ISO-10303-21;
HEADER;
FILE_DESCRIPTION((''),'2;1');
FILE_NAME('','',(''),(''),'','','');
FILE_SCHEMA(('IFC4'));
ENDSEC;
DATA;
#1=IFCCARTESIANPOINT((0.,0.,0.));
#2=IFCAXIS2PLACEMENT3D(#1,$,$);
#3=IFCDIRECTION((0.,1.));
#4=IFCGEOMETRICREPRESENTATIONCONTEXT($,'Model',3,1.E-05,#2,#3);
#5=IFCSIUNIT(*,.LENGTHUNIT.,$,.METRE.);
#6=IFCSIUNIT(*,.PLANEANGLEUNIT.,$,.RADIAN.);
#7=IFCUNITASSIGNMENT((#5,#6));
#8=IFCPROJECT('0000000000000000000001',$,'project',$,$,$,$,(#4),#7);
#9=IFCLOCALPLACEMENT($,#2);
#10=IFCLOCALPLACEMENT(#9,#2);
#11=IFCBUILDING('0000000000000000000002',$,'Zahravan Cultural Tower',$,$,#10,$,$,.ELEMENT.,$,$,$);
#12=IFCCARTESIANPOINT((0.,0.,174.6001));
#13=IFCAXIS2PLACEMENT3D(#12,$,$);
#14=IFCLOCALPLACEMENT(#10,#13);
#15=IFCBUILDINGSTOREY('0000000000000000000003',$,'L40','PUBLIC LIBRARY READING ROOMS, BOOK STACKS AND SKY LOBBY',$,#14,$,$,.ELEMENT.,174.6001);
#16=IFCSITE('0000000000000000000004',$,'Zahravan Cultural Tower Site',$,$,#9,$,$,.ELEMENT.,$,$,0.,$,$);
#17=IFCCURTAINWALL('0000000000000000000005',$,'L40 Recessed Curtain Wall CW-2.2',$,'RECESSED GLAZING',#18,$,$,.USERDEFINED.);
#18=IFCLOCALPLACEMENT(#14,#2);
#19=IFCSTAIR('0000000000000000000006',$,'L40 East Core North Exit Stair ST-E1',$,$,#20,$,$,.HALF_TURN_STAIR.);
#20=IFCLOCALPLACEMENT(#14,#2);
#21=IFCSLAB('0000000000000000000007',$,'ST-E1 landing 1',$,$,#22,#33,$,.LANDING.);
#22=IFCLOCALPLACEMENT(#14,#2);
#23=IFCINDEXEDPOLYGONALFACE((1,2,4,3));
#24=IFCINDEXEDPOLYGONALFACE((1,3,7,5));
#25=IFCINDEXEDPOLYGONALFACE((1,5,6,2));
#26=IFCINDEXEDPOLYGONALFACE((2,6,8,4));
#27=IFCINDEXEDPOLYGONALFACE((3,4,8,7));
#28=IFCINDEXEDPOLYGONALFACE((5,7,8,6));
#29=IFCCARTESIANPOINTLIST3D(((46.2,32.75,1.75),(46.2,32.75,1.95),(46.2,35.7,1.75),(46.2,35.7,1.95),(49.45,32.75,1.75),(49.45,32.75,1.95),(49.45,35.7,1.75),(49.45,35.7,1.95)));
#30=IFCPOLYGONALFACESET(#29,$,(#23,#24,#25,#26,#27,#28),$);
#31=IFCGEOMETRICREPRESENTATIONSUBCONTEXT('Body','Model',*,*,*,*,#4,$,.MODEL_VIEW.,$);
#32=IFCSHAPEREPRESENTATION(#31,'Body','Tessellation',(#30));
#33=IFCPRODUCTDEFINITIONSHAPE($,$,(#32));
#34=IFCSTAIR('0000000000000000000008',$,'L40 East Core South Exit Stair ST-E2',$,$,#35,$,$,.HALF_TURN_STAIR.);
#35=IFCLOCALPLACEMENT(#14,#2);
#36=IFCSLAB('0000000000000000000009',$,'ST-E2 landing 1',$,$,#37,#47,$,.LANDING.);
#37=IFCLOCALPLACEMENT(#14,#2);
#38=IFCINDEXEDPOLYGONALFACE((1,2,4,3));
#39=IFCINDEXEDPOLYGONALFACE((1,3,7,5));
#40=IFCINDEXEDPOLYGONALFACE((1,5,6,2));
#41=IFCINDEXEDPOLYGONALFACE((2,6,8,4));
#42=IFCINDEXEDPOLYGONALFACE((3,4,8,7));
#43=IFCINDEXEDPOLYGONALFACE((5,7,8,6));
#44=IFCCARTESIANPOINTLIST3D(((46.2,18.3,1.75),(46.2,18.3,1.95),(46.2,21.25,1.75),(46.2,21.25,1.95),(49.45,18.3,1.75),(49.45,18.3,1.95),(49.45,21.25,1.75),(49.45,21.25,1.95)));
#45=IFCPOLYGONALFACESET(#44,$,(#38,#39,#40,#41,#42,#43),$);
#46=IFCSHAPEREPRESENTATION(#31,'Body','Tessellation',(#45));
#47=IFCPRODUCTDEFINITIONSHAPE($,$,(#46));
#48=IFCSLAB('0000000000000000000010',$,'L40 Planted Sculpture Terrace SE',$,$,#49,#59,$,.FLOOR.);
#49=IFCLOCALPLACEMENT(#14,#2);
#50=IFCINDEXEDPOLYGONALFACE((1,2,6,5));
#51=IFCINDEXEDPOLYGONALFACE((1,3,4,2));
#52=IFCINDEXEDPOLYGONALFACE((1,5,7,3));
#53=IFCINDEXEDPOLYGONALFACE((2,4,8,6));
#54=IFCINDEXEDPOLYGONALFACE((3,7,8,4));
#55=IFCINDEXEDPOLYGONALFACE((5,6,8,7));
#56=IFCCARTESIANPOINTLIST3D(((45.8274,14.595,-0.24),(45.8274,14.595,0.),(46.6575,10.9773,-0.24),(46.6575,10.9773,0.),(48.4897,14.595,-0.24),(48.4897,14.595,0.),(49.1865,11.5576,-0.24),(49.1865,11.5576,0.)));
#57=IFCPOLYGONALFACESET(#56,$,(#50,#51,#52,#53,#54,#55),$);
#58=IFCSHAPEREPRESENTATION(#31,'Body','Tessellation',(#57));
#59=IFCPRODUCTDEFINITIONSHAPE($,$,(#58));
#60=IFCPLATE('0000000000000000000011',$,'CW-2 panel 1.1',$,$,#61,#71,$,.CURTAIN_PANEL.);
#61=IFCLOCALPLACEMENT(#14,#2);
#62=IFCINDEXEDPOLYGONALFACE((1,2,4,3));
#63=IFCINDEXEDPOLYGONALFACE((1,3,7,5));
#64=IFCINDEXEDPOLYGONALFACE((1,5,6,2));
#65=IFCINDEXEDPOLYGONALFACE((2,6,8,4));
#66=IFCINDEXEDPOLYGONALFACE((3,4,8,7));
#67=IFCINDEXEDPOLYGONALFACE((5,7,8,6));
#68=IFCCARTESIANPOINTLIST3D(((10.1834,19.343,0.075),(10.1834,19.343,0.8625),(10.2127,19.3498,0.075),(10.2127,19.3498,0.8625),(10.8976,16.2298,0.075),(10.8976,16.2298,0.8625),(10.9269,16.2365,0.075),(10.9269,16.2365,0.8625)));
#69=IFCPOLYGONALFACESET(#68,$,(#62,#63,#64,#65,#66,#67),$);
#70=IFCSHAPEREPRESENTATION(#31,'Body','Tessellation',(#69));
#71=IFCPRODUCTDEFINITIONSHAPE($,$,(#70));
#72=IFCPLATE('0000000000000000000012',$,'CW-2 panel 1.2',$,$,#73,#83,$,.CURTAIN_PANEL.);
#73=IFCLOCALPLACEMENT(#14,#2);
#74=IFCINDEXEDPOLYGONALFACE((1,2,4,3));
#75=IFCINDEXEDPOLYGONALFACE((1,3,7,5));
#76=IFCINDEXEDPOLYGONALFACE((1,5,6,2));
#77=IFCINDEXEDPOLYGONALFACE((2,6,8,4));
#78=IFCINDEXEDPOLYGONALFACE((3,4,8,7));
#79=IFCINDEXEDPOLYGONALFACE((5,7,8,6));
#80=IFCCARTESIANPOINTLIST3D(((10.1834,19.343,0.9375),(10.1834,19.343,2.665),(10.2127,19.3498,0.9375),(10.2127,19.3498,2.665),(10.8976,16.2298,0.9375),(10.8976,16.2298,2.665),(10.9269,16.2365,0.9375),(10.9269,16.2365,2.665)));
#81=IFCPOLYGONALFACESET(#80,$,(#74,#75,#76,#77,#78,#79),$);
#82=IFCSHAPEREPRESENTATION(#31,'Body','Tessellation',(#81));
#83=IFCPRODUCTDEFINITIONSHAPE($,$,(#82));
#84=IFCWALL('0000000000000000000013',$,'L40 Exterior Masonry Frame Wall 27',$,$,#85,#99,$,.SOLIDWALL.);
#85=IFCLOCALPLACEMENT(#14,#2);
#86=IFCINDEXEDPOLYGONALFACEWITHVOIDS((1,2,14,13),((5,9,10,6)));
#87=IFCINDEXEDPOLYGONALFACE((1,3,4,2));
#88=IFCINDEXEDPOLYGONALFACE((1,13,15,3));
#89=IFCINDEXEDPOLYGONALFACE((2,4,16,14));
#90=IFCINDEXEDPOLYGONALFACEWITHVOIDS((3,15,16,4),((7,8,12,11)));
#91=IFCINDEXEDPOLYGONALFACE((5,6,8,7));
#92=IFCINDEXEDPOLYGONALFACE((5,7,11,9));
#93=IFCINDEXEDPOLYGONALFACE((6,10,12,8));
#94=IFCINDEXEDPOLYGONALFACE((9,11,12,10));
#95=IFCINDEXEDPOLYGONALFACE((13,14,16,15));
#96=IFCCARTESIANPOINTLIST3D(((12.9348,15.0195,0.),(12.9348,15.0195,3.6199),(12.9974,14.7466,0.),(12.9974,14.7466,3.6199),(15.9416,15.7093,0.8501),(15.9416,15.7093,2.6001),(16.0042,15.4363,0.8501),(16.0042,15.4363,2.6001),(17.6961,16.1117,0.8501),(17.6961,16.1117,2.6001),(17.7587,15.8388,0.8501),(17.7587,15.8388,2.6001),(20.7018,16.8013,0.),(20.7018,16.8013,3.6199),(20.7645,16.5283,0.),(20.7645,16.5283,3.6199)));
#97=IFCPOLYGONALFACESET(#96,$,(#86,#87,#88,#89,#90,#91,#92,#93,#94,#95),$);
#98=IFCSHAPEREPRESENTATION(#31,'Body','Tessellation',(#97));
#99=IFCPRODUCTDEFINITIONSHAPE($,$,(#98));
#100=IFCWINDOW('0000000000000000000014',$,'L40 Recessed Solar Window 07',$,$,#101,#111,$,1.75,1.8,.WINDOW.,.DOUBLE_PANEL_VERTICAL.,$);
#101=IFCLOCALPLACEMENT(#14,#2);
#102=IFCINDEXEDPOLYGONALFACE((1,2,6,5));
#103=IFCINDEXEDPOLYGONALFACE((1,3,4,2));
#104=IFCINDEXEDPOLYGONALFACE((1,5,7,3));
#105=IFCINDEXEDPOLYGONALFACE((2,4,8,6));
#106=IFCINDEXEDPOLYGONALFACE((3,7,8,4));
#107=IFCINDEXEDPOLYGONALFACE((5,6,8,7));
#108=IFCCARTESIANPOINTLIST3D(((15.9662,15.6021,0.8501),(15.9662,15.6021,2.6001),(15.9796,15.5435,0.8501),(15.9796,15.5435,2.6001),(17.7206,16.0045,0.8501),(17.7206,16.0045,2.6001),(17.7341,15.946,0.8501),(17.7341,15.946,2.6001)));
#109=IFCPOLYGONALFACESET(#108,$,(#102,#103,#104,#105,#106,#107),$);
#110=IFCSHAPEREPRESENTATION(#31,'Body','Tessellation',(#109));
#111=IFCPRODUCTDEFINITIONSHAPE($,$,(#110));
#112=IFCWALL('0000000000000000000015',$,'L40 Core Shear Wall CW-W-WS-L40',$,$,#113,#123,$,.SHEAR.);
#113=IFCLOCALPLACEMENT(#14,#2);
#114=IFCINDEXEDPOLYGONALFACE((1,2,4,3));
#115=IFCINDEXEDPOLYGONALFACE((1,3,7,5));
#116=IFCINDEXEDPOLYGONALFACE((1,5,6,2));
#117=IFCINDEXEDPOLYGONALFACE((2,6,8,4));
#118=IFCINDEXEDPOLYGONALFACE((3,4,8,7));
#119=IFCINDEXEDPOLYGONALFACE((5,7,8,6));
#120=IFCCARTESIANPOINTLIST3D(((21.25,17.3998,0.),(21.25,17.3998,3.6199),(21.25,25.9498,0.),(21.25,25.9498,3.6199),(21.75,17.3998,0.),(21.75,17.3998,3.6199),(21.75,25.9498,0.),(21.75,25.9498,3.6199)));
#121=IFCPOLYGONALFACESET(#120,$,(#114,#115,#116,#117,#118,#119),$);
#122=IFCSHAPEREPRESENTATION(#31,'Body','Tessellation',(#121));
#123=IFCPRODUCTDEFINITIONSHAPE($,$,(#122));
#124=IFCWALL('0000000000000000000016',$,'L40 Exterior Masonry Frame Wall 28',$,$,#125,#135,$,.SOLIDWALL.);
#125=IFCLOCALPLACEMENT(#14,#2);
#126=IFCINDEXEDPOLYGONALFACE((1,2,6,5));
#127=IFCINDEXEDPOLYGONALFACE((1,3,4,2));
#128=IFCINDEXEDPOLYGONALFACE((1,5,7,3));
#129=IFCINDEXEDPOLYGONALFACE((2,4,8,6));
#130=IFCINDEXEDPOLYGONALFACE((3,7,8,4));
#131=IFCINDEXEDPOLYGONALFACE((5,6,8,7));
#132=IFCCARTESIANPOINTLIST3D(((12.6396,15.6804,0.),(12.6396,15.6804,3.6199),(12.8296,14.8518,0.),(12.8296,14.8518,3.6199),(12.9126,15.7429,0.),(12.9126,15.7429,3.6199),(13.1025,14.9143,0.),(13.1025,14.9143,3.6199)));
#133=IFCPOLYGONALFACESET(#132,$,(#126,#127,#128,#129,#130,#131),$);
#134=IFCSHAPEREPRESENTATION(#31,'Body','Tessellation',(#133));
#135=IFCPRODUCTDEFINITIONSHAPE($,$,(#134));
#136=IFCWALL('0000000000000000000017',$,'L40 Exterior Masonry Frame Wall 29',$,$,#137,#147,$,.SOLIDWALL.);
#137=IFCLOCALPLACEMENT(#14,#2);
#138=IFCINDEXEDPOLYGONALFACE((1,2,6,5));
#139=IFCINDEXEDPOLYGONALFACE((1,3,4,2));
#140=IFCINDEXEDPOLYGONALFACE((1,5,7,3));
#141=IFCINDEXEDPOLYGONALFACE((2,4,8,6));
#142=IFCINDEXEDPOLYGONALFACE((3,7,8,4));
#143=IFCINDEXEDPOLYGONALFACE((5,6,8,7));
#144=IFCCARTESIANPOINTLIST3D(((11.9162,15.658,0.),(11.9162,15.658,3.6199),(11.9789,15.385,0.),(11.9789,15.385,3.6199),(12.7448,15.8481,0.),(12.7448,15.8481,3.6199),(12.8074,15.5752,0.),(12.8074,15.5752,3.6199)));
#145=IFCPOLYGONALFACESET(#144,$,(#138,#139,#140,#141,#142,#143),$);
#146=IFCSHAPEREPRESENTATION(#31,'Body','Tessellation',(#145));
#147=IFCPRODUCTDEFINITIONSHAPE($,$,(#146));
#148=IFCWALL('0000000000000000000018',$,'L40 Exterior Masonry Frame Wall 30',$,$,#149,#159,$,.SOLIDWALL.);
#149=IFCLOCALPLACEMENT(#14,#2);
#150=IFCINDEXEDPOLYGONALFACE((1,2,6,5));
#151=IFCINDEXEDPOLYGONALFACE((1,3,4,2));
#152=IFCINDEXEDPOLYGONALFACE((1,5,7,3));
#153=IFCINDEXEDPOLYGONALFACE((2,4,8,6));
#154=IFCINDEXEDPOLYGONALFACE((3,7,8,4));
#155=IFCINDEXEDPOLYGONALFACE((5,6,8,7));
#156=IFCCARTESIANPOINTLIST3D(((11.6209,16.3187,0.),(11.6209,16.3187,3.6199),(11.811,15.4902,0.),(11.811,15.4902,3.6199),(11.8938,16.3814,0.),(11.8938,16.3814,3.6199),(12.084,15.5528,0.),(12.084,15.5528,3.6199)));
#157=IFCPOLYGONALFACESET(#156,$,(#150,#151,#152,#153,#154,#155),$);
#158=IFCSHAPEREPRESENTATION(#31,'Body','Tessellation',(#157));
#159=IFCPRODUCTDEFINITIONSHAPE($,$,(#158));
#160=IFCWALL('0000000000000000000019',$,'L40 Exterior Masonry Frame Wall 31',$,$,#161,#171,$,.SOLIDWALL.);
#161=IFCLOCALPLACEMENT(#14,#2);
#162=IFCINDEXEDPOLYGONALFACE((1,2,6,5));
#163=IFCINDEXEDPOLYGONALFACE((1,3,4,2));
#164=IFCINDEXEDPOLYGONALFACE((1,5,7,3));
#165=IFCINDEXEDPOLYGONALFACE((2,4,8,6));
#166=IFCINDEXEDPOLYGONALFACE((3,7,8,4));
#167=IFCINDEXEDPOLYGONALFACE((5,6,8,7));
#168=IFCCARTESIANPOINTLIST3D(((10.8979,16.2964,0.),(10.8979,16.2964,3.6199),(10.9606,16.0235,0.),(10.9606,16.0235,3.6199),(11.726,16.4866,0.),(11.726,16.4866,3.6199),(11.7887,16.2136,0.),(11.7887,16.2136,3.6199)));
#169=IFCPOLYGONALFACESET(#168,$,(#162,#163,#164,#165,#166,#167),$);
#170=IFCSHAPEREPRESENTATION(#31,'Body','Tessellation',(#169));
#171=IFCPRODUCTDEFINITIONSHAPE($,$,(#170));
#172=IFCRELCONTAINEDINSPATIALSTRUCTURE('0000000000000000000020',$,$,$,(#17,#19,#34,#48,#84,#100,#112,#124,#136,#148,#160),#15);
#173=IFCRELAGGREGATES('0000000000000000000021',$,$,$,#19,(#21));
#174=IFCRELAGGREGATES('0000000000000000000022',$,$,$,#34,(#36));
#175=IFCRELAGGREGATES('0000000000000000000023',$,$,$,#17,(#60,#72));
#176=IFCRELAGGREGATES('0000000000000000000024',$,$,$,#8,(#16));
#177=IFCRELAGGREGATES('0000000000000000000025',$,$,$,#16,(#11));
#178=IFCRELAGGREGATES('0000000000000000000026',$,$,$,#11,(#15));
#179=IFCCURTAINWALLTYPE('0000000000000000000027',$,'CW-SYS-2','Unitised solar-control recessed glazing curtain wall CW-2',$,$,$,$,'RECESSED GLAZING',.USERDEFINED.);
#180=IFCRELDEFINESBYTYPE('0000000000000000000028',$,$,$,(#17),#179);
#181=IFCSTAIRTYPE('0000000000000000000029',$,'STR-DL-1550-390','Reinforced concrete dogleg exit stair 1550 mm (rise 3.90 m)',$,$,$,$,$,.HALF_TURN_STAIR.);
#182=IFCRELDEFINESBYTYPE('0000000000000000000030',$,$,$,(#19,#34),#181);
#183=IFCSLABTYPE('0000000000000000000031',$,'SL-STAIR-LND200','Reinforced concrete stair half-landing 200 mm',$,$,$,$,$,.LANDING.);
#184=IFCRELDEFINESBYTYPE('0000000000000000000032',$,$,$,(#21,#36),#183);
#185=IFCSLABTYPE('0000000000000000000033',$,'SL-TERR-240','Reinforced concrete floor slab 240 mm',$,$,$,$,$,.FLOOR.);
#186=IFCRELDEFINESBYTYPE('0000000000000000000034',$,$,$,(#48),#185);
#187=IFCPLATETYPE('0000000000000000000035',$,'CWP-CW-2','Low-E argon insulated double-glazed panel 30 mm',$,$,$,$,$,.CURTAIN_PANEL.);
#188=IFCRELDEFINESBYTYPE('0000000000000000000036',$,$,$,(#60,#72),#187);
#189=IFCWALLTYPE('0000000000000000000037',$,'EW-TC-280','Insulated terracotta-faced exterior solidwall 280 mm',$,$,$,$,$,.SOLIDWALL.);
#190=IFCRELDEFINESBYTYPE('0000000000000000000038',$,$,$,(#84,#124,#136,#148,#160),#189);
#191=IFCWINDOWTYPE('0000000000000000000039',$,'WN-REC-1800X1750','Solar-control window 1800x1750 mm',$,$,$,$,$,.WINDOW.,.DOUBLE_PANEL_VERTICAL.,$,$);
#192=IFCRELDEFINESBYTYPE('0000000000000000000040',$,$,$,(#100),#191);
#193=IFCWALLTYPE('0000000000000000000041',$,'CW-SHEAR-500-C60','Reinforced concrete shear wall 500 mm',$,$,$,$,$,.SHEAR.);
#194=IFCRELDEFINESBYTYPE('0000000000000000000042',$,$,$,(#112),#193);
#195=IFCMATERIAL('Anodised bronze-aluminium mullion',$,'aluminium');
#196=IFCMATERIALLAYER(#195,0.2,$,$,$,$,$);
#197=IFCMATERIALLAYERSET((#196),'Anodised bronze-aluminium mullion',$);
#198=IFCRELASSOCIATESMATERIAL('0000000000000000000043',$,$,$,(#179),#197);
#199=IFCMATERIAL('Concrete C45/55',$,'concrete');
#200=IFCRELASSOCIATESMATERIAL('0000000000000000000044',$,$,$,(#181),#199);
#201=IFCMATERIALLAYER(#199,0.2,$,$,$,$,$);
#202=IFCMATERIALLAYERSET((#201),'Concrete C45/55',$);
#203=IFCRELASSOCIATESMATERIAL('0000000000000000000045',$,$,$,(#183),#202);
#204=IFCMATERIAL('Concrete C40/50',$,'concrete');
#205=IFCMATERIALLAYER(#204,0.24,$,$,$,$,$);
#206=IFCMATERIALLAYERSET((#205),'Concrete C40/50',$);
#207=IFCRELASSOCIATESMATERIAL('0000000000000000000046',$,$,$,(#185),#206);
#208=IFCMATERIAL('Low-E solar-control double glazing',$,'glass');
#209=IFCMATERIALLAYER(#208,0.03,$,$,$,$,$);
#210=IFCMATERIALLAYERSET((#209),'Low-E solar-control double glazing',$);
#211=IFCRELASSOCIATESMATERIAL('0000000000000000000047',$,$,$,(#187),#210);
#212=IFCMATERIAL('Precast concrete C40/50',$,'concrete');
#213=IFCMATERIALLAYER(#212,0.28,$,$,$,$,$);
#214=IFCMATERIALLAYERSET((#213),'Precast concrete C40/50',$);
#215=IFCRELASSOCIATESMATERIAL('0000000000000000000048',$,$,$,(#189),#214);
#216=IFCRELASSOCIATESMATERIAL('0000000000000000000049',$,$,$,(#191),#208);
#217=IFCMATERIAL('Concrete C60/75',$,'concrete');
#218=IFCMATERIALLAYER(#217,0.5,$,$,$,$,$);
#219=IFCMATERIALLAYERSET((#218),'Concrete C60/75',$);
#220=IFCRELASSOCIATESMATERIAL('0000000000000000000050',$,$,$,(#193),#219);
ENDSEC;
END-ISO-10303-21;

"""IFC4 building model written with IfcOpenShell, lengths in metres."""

from ifc_helpers import new_model, si_unit, direction, frame, frame_2d, origin, origin_2d, place, context, subcontext, project, spatial, polyline, rectangle, outline, extrude, source, transform, mapped, material, layer, layer_set, type_object, element, fill, aggregate, save


model = new_model("IFC4")

# Units and contexts
model_context = context("Model", 3, precision=1e-05, world=origin(), true_north=direction((0.0, 1.0)))
body_context = subcontext(model_context, "Body", "Model", "MODEL_VIEW")
ifc_project = project(units=[si_unit("LENGTHUNIT", "METRE"), si_unit("PLANEANGLEUNIT", "RADIAN")], contexts=[model_context])

# Site, building, storey
site_placement = place(None, origin())
site = spatial("IfcSite", under=ifc_project, at=site_placement, Name="Zahravan Cultural Tower Site", CompositionType="ELEMENT", RefElevation=0.0)
building_placement = place(site_placement, origin())
building = spatial("IfcBuilding", under=site, at=building_placement, Name="Zahravan Cultural Tower", CompositionType="ELEMENT")
storey_placement = place(building_placement, frame((0.0, 0.0, 174.6001)))
storey = spatial("IfcBuildingStorey", under=building, at=storey_placement, Name="L40", Description="PUBLIC LIBRARY READING ROOMS, BOOK STACKS AND SKY LOBBY", CompositionType="ELEMENT", Elevation=174.6001)

# Curtain wall
ifc_material_1 = material(Name="Anodised bronze-aluminium mullion", Category="aluminium")
ifc_layer_1 = layer(ifc_material_1, 0.2)
ifc_layer_set_1 = layer_set([ifc_layer_1], Name="Anodised bronze-aluminium mullion")
curtain_wall_type = type_object("IfcCurtainWallType", Name="CW-SYS-2", Description="Unitised solar-control recessed glazing curtain wall CW-2", ElementType="RECESSED GLAZING", PredefinedType="USERDEFINED", material=ifc_layer_set_1)
curtain_wall_placement = place(storey_placement, origin())
curtain_wall = element("IfcCurtainWall", 1, at=curtain_wall_placement, inside=storey, type_object=curtain_wall_type, Name="L40 Recessed Curtain Wall CW-2.2", ObjectType="RECESSED GLAZING", PredefinedType="USERDEFINED")

# Shared definitions
ifc_material_2 = material(Name="Concrete C45/55", Category="concrete")

# Stairs, slabs
stair_type = type_object("IfcStairType", Name="STR-DL-1550-390", Description="Reinforced concrete dogleg exit stair 1550 mm (rise 3.90 m)", PredefinedType="HALF_TURN_STAIR", material=ifc_material_2)
ifc_layer_2 = layer(ifc_material_2, 0.2)
ifc_layer_set_2 = layer_set([ifc_layer_2], Name="Concrete C45/55")
slab_type_1 = type_object("IfcSlabType", Name="SL-STAIR-LND200", Description="Reinforced concrete stair half-landing 200 mm", PredefinedType="LANDING", material=ifc_layer_set_2)
stair_1_placement = place(storey_placement, origin())
stair_1 = element("IfcStair", 2, at=stair_1_placement, inside=storey, type_object=stair_type, Name="L40 East Core North Exit Stair ST-E1", PredefinedType="HALF_TURN_STAIR")
slab_1_placement = place(storey_placement, frame((0.0, 0.0, 1.75)))
slab_1 = element("IfcSlab", 3, at=slab_1_placement, type_object=slab_type_1, Name="ST-E1 landing 1", PredefinedType="LANDING", context=body_context, shape_type="SweptSolid", body=[
    extrude(outline(polyline([(49.45, 32.75), (49.45, 35.7), (46.2, 35.7), (46.2, 32.75), (49.45, 32.75)])), origin(), (0.0, 0.0, 1.0), 0.2),
])
aggregate(stair_1, [slab_1])
stair_2_placement = place(storey_placement, origin())
stair_2 = element("IfcStair", 4, at=stair_2_placement, inside=storey, type_object=stair_type, Name="L40 East Core South Exit Stair ST-E2", PredefinedType="HALF_TURN_STAIR")
slab_2_placement = place(storey_placement, frame((0.0, 0.0, 1.75)))
slab_2 = element("IfcSlab", 5, at=slab_2_placement, type_object=slab_type_1, Name="ST-E2 landing 1", PredefinedType="LANDING", context=body_context, shape_type="SweptSolid", body=[
    extrude(outline(polyline([(46.2, 21.25), (46.2, 18.3), (49.45, 18.3), (49.45, 21.25), (46.2, 21.25)])), origin(), (0.0, 0.0, 1.0), 0.2),
])
aggregate(stair_2, [slab_2])

# Slab
ifc_material_3 = material(Name="Concrete C40/50", Category="concrete")
ifc_layer_3 = layer(ifc_material_3, 0.24)
ifc_layer_set_3 = layer_set([ifc_layer_3], Name="Concrete C40/50")
slab_type_2 = type_object("IfcSlabType", Name="SL-TERR-240", Description="Reinforced concrete floor slab 240 mm", PredefinedType="FLOOR", material=ifc_layer_set_3)
slab_3_placement = place(storey_placement, frame((0.0, 0.0, -0.24)))
element("IfcSlab", 6, at=slab_3_placement, inside=storey, type_object=slab_type_2, Name="L40 Planted Sculpture Terrace SE", PredefinedType="FLOOR", context=body_context, shape_type="SweptSolid", body=[
    extrude(outline(polyline([(49.1865, 11.5576), (48.4897, 14.595), (45.8274, 14.595), (46.6575, 10.9773), (49.1865, 11.5576)])), origin(), (0.0, 0.0, 1.0), 0.24),
])

# Plates
ifc_material_4 = material(Name="Low-E solar-control double glazing", Category="glass")
ifc_layer_4 = layer(ifc_material_4, 0.03)
ifc_layer_set_4 = layer_set([ifc_layer_4], Name="Low-E solar-control double glazing")
plate_type = type_object("IfcPlateType", Name="CWP-CW-2", Description="Low-E argon insulated double-glazed panel 30 mm", PredefinedType="CURTAIN_PANEL", material=ifc_layer_set_4)
shared_shape_1 = source(origin(), body_context, "Body", "SweptSolid", [
    extrude(rectangle(XDim=3.1941, YDim=0.03, at=origin_2d()), origin(), (0.0, 0.0, 1.0), 0.7876),
])
plate_1_placement = place(storey_placement, frame((10.5552, 17.7898, 0.075), z_axis=(0.0, 0.0, 1.0), x_axis=(-0.2236, 0.974681, 0.0)))
plate_1 = element("IfcPlate", 7, at=plate_1_placement, type_object=plate_type, Name="CW-2 panel 1.1", PredefinedType="CURTAIN_PANEL", context=body_context, shape_type="MappedRepresentation", body=[
    mapped(shared_shape_1, transform((0.0, 0.0, 0.0), x_axis=(1.0, 0.0, 0.0), y_axis=(0.0, 1.0, 0.0), z_axis=(0.0, 0.0, 1.0), scale=1.0)),
])
shared_shape_2 = source(origin(), body_context, "Body", "SweptSolid", [
    extrude(rectangle(XDim=3.1941, YDim=0.03, at=origin_2d()), origin(), (0.0, 0.0, 1.0), 1.7275),
])
plate_2_placement = place(storey_placement, frame((10.5552, 17.7898, 0.9375), z_axis=(0.0, 0.0, 1.0), x_axis=(-0.2236, 0.974681, 0.0)))
plate_2 = element("IfcPlate", 8, at=plate_2_placement, type_object=plate_type, Name="CW-2 panel 1.2", PredefinedType="CURTAIN_PANEL", context=body_context, shape_type="MappedRepresentation", body=[
    mapped(shared_shape_2, transform((0.0, 0.0, 0.0), x_axis=(1.0, 0.0, 0.0), y_axis=(0.0, 1.0, 0.0), z_axis=(0.0, 0.0, 1.0), scale=1.0)),
])
aggregate(curtain_wall, [plate_1, plate_2])

# Wall, opening, window
ifc_material_5 = material(Name="Precast concrete C40/50", Category="concrete")
ifc_layer_5 = layer(ifc_material_5, 0.28)
ifc_layer_set_5 = layer_set([ifc_layer_5], Name="Precast concrete C40/50")
wall_type_1 = type_object("IfcWallType", Name="EW-TC-280", Description="Insulated terracotta-faced exterior solidwall 280 mm", PredefinedType="SOLIDWALL", material=ifc_layer_set_5)
wall_1_placement = place(storey_placement, frame((20.7332, 16.6648, 0.0), z_axis=(0.0, 0.0, 1.0), x_axis=(-0.974684, -0.223588, 0.0)))
wall_1 = element("IfcWall", 9, at=wall_1_placement, inside=storey, type_object=wall_type_1, Name="L40 Exterior Masonry Frame Wall 27", PredefinedType="SOLIDWALL", context=body_context, shape_type="SweptSolid", body=[
    extrude(rectangle(XDim=7.9688, YDim=0.28, at=frame_2d((3.9844, 0.0))), origin(), (0.0, 0.0, 1.0), 3.6199),
])
opening_placement = place(wall_1_placement, frame((3.084, 0.0, 0.8501)))
opening = element("IfcOpeningElement", 10, at=opening_placement, cuts=wall_1, PredefinedType="OPENING", context=body_context, shape_type="SweptSolid", body=[
    extrude(rectangle(XDim=1.8, YDim=1.75, at=frame_2d((0.8999, 0.875))), frame((0.0, 0.1499, 0.0), z_axis=(0.0, -1.0, 0.0), x_axis=(1.0, 0.0, 0.0)), (0.0, 0.0, 1.0), 0.3),
])
window_type = type_object("IfcWindowType", Name="WN-REC-1800X1750", Description="Solar-control window 1800x1750 mm", PartitioningType="DOUBLE_PANEL_VERTICAL", PredefinedType="WINDOW", material=ifc_material_4)
shared_shape_3 = source(origin(), body_context, "Body", "SweptSolid", [
    extrude(rectangle(XDim=1.8, YDim=1.75, at=frame_2d((0.8999, 0.875))), frame((0.0, 0.03, 0.0), z_axis=(0.0, -1.0, 0.0), x_axis=(1.0, 0.0, 0.0)), (0.0, 0.0, 1.0), 0.0601),
])
window_placement = place(opening_placement, origin())
window = element("IfcWindow", 11, at=window_placement, inside=storey, type_object=window_type, Name="L40 Recessed Solar Window 07", OverallHeight=1.75, OverallWidth=1.8, PartitioningType="DOUBLE_PANEL_VERTICAL", PredefinedType="WINDOW", context=body_context, shape_type="MappedRepresentation", body=[
    mapped(shared_shape_3, transform((0.0, 0.0, 0.0), x_axis=(1.0, 0.0, 0.0), y_axis=(0.0, 1.0, 0.0), z_axis=(0.0, 0.0, 1.0), scale=1.0)),
])
fill(opening, window)

# Walls
ifc_material_6 = material(Name="Concrete C60/75", Category="concrete")
ifc_layer_6 = layer(ifc_material_6, 0.5)
ifc_layer_set_6 = layer_set([ifc_layer_6], Name="Concrete C60/75")
wall_type_2 = type_object("IfcWallType", Name="CW-SHEAR-500-C60", Description="Reinforced concrete shear wall 500 mm", PredefinedType="SHEAR", material=ifc_layer_set_6)
shared_shape_4 = source(origin(), body_context, "Body", "SweptSolid", [
    extrude(rectangle(XDim=8.55, YDim=0.5, at=frame_2d((4.2749, 0.0))), origin(), (0.0, 0.0, 1.0), 3.6199),
])
wall_2_placement = place(storey_placement, frame((21.5, 17.3999, 0.0), z_axis=(0.0, 0.0, 1.0), x_axis=(0.0, 1.0, 0.0)))
element("IfcWall", 12, at=wall_2_placement, inside=storey, type_object=wall_type_2, Name="L40 Core Shear Wall CW-W-WS-L40", PredefinedType="SHEAR", context=body_context, shape_type="MappedRepresentation", body=[
    mapped(shared_shape_4, transform((0.0, 0.0, 0.0), x_axis=(1.0, 0.0, 0.0), y_axis=(0.0, 1.0, 0.0), z_axis=(0.0, 0.0, 1.0), scale=1.0)),
])
shared_shape_5 = source(origin(), body_context, "Body", "SweptSolid", [
    extrude(rectangle(XDim=0.8501, YDim=0.28, at=frame_2d((0.425, 0.0))), origin(), (0.0, 0.0, 1.0), 3.6199),
])
for number, where, z_axis, x_axis, name in (
    (13, (12.9661, 14.8831, 0.0), (0.0, 0.0, 1.0), (-0.223433, 0.974719, 0.0), "L40 Exterior Masonry Frame Wall 28"),
    (14, (12.7761, 15.7117, 0.0), (0.0, 0.0, 1.0), (-0.974657, -0.223706, 0.0), "L40 Exterior Masonry Frame Wall 29"),
    (15, (11.9475, 15.5215, 0.0), (0.0, 0.0, 1.0), (-0.223706, 0.974657, 0.0), "L40 Exterior Masonry Frame Wall 30"),
):
    element("IfcWall", number, at=place(storey_placement, frame(where, z_axis=z_axis, x_axis=x_axis)), inside=storey, type_object=wall_type_1, Name=name, PredefinedType="SOLIDWALL", context=body_context, shape_type="MappedRepresentation", body=[
        mapped(shared_shape_5, transform((0.0, 0.0, 0.0), x_axis=(1.0, 0.0, 0.0), y_axis=(0.0, 1.0, 0.0), z_axis=(0.0, 0.0, 1.0), scale=1.0)),
    ])
shared_shape_6 = source(origin(), body_context, "Body", "SweptSolid", [
    extrude(rectangle(XDim=0.8496, YDim=0.28, at=frame_2d((0.4248, 0.0))), origin(), (0.0, 0.0, 1.0), 3.6199),
])
wall_3_placement = place(storey_placement, frame((11.7573, 16.3501, 0.0), z_axis=(0.0, 0.0, 1.0), x_axis=(-0.974628, -0.223831, 0.0)))
element("IfcWall", 16, at=wall_3_placement, inside=storey, type_object=wall_type_1, Name="L40 Exterior Masonry Frame Wall 31", PredefinedType="SOLIDWALL", context=body_context, shape_type="MappedRepresentation", body=[
    mapped(shared_shape_6, transform((0.0, 0.0, 0.0), x_axis=(1.0, 0.0, 0.0), y_axis=(0.0, 1.0, 0.0), z_axis=(0.0, 0.0, 1.0), scale=1.0)),
])

save(model, "model.ifc")
